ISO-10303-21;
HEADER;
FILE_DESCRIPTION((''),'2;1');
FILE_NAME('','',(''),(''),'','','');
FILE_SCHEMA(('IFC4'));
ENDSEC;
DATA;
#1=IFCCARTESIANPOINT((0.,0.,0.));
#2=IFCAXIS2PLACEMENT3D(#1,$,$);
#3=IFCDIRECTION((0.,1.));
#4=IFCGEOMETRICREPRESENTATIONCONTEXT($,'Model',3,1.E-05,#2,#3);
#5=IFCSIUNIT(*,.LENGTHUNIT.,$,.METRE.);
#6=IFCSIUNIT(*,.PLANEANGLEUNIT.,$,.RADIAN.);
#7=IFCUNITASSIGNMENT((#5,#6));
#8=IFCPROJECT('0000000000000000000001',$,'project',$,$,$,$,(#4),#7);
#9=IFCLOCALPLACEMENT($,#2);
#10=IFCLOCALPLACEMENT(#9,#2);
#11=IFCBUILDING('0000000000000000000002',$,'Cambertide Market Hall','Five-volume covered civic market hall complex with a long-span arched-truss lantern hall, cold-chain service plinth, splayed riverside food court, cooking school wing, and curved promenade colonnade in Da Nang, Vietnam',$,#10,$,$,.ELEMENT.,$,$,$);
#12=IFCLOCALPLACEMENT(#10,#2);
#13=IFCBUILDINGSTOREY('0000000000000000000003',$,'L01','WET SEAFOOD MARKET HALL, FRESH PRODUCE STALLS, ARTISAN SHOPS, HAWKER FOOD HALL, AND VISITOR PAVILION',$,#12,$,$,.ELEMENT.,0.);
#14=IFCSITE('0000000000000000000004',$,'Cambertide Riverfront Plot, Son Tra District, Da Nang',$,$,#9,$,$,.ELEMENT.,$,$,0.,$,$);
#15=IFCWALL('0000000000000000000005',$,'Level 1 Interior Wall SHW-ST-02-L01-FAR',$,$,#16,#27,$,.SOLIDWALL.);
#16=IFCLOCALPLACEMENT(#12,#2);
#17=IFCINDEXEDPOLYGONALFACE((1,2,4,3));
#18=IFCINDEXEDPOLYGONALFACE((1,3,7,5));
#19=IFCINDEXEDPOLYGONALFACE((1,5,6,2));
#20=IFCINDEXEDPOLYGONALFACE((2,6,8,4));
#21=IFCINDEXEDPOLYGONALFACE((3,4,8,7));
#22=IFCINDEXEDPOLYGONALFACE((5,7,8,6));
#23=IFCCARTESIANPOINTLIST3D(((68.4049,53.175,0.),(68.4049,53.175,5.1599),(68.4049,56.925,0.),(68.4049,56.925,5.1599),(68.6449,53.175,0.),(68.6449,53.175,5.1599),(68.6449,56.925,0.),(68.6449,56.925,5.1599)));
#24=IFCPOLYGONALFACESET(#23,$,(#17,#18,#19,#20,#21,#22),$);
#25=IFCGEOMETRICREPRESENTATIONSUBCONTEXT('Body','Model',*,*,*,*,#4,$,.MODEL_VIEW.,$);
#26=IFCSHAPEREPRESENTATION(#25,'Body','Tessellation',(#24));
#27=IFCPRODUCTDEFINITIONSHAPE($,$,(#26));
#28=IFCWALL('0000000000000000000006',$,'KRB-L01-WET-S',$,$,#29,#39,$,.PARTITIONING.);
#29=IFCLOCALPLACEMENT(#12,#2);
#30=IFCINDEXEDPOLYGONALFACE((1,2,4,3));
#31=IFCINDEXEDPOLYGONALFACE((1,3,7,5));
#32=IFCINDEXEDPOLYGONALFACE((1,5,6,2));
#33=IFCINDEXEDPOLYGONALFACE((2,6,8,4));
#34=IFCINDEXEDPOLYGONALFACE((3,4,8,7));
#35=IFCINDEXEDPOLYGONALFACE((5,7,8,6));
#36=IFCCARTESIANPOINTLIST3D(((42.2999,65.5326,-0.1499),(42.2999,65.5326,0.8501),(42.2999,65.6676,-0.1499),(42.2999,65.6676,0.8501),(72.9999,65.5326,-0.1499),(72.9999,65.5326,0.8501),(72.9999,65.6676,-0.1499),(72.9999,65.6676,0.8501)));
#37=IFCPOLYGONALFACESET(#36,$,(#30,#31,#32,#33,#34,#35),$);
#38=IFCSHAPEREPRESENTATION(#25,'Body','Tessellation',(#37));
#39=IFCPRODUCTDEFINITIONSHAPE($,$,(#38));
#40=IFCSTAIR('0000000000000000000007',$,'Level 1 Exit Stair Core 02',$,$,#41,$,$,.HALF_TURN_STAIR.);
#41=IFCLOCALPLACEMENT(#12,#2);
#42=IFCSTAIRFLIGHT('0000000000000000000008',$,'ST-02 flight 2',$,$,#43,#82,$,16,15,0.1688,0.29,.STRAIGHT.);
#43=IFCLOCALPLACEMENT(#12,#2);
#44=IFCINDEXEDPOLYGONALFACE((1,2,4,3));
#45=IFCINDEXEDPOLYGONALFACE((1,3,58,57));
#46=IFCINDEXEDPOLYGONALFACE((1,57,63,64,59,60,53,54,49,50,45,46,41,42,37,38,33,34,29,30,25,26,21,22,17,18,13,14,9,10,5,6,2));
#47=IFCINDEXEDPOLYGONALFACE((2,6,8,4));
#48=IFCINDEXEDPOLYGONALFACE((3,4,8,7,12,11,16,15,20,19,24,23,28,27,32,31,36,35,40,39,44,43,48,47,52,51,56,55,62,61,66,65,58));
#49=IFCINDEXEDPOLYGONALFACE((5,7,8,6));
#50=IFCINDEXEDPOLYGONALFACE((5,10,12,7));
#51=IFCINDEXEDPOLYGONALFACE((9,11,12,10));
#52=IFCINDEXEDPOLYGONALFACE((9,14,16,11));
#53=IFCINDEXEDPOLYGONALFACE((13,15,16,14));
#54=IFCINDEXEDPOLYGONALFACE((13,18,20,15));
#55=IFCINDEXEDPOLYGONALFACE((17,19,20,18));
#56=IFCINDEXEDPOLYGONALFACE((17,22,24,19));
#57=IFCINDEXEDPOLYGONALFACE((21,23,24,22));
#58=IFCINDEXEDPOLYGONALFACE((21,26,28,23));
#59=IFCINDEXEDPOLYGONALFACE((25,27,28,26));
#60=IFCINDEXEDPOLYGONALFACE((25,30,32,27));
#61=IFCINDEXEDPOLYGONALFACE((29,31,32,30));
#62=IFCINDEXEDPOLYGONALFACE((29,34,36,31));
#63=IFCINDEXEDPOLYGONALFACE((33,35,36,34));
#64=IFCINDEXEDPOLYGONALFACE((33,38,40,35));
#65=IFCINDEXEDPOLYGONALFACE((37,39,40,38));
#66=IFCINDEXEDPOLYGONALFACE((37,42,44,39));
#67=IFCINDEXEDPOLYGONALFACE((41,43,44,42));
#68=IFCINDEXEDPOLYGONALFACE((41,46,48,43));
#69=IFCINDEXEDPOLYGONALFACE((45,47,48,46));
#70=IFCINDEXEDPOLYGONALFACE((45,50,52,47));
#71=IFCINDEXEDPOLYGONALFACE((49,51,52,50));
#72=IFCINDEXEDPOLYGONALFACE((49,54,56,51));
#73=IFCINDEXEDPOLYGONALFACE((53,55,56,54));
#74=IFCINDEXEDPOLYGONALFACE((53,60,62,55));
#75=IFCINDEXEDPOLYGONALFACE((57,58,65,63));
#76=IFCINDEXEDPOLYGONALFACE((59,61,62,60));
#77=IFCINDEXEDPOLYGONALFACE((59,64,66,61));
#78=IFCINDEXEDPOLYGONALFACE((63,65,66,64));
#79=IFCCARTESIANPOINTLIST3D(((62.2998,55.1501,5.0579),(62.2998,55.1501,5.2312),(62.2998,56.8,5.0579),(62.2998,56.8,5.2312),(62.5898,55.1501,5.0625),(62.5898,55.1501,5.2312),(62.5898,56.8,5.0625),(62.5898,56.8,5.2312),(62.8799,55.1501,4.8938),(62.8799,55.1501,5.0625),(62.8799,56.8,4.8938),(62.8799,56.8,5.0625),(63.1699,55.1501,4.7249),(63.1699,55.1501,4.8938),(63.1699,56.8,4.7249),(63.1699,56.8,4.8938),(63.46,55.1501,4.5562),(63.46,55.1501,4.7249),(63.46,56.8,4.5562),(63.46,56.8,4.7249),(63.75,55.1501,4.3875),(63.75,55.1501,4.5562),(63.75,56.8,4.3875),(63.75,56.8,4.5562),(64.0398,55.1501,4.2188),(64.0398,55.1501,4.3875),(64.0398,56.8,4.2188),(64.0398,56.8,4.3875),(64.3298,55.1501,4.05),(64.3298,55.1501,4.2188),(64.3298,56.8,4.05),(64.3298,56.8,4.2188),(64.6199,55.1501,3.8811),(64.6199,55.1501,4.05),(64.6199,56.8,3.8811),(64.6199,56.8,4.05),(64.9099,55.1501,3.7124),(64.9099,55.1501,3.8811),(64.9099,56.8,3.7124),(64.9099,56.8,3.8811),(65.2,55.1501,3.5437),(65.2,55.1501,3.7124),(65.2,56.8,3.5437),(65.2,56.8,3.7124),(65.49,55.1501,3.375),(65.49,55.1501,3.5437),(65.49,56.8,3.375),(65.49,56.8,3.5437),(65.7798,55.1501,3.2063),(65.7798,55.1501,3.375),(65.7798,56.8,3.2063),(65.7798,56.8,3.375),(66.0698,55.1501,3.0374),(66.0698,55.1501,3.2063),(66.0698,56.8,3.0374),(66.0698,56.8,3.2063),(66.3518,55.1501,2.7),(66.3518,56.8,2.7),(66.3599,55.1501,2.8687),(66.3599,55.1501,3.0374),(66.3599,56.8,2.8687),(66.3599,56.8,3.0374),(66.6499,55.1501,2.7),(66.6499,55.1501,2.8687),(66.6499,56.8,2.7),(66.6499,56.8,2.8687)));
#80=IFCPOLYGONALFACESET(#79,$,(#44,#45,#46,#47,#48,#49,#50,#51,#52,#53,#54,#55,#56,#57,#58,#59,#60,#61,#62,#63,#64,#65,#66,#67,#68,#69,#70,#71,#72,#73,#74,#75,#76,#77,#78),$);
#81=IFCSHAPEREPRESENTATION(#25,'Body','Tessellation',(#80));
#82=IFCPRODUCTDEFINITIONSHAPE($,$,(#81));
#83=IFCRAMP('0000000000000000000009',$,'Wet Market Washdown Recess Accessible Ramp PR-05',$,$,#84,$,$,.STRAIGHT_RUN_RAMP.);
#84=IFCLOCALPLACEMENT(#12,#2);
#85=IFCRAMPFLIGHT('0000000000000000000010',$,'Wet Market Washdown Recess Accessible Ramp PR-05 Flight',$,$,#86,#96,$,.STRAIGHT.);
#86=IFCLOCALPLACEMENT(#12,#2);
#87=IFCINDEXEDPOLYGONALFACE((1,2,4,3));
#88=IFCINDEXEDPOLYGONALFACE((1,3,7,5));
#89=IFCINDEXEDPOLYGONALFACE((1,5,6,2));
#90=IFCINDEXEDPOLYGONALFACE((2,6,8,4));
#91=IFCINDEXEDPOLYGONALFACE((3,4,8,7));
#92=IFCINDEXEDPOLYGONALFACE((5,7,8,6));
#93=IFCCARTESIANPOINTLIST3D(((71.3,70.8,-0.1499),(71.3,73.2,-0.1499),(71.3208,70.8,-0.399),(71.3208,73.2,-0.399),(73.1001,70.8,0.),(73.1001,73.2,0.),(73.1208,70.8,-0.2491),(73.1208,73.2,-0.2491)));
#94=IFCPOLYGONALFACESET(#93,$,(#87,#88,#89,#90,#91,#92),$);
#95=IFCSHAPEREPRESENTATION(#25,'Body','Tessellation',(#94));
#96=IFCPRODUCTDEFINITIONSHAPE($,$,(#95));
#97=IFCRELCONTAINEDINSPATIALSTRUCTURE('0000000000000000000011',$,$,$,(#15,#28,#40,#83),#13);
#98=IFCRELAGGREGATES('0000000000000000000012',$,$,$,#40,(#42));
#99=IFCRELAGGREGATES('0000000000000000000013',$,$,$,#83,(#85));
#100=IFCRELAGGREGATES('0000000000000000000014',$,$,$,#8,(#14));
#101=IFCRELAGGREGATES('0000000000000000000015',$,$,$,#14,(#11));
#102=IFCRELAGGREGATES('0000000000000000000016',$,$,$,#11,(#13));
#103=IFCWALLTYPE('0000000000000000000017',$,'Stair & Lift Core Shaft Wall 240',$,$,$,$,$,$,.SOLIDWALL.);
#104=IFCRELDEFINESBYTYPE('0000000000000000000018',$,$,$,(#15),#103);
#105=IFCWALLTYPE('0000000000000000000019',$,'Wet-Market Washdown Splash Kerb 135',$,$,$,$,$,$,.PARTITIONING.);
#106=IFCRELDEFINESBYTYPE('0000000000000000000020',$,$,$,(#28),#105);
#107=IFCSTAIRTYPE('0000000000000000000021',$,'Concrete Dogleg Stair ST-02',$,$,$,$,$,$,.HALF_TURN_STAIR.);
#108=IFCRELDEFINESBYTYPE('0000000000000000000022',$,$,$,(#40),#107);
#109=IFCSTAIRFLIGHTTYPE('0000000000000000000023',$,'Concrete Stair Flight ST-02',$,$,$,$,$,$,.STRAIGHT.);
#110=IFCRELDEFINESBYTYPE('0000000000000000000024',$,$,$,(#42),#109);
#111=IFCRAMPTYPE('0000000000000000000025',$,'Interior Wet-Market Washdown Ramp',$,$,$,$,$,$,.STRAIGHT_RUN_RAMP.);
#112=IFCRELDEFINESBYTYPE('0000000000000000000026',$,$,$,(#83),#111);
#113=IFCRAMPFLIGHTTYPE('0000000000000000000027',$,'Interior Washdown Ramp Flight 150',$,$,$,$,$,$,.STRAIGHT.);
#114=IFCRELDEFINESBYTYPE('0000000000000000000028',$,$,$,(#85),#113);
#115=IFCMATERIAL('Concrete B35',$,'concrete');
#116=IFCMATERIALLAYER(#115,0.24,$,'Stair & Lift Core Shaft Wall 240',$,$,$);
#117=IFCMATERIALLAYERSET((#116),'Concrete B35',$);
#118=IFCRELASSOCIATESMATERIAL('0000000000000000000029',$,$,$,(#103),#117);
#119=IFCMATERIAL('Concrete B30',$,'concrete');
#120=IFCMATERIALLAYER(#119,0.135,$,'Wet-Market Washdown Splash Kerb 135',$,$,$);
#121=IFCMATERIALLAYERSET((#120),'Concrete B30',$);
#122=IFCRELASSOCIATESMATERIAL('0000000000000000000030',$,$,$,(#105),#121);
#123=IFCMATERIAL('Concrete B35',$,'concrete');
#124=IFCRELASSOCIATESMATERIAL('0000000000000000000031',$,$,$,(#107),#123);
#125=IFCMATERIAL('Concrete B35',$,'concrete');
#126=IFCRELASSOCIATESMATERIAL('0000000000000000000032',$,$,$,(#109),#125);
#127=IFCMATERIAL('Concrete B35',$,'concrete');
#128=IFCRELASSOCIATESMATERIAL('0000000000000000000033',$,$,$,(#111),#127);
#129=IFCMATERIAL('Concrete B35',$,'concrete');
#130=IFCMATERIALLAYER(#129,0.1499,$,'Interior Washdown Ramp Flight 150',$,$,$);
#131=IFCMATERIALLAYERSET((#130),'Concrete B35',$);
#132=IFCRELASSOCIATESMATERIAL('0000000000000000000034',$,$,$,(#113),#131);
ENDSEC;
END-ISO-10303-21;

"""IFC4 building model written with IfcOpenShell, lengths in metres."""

from ifc_helpers import new_model, si_unit, direction, frame, frame_2d, origin, place, context, subcontext, project, spatial, polyline, rectangle, outline, extrude, material, layer, layer_set, type_object, element, aggregate, save


model = new_model("IFC4")

# Units and contexts
model_context = context("Model", 3, precision=1e-05, world=origin(), true_north=direction((0.0, 1.0)))
body_context = subcontext(model_context, "Body", "Model", "MODEL_VIEW")
ifc_project = project(units=[si_unit("LENGTHUNIT", "METRE"), si_unit("PLANEANGLEUNIT", "RADIAN")], contexts=[model_context])

# Site, building, storey
site_placement = place(None, origin())
site = spatial("IfcSite", under=ifc_project, at=site_placement, Name="Cambertide Riverfront Plot, Son Tra District, Da Nang", CompositionType="ELEMENT", RefElevation=0.0)
building_placement = place(site_placement, origin())
building = spatial("IfcBuilding", under=site, at=building_placement, Name="Cambertide Market Hall", Description="Five-volume covered civic market hall complex with a long-span arched-truss lantern hall, cold-chain service plinth, splayed riverside food court, cooking school wing, and curved promenade colonnade in Da Nang, Vietnam", CompositionType="ELEMENT")
storey_placement = place(building_placement, origin())
storey = spatial("IfcBuildingStorey", under=building, at=storey_placement, Name="L01", Description="WET SEAFOOD MARKET HALL, FRESH PRODUCE STALLS, ARTISAN SHOPS, HAWKER FOOD HALL, AND VISITOR PAVILION", CompositionType="ELEMENT", Elevation=0.0)

# Wall
ifc_material_1 = material(Name="Concrete B35", Category="concrete")
ifc_layer_1 = layer(ifc_material_1, 0.24, Name="Stair & Lift Core Shaft Wall 240")
ifc_layer_set_1 = layer_set([ifc_layer_1], Name="Concrete B35")
wall_type_1 = type_object("IfcWallType", Name="Stair & Lift Core Shaft Wall 240", PredefinedType="SOLIDWALL", material=ifc_layer_set_1)
wall_1_placement = place(storey_placement, frame((68.5249, 56.925, 0.0), z_axis=(0.0, 0.0, 1.0), x_axis=(0.0, -1.0, 0.0)))
element("IfcWall", 1, at=wall_1_placement, inside=storey, type_object=wall_type_1, Name="Level 1 Interior Wall SHW-ST-02-L01-FAR", PredefinedType="SOLIDWALL", context=body_context, shape_type="SweptSolid", body=[
    extrude(rectangle(XDim=3.75, YDim=0.24, at=frame_2d((1.875, 0.0))), origin(), (0.0, 0.0, 1.0), 5.1599),
])

# Wall
ifc_material_2 = material(Name="Concrete B30", Category="concrete")
ifc_layer_2 = layer(ifc_material_2, 0.135, Name="Wet-Market Washdown Splash Kerb 135")
ifc_layer_set_2 = layer_set([ifc_layer_2], Name="Concrete B30")
wall_type_2 = type_object("IfcWallType", Name="Wet-Market Washdown Splash Kerb 135", PredefinedType="PARTITIONING", material=ifc_layer_set_2)
wall_2_placement = place(storey_placement, frame((73.0, 65.6001, -0.1499), z_axis=(0.0, 0.0, 1.0), x_axis=(-1.0, 0.0, 0.0)))
element("IfcWall", 2, at=wall_2_placement, inside=storey, type_object=wall_type_2, Name="KRB-L01-WET-S", PredefinedType="PARTITIONING", context=body_context, shape_type="SweptSolid", body=[
    extrude(rectangle(XDim=30.7, YDim=0.135, at=frame_2d((15.3501, 0.0))), origin(), (0.0, 0.0, 1.0), 1.0),
])

# Stair, stair flight
ifc_material_3 = material(Name="Concrete B35", Category="concrete")
stair_type = type_object("IfcStairType", Name="Concrete Dogleg Stair ST-02", PredefinedType="HALF_TURN_STAIR", material=ifc_material_3)
stair_placement = place(storey_placement, origin())
stair = element("IfcStair", 3, at=stair_placement, inside=storey, type_object=stair_type, Name="Level 1 Exit Stair Core 02", PredefinedType="HALF_TURN_STAIR")
ifc_material_4 = material(Name="Concrete B35", Category="concrete")
stair_flight_type = type_object("IfcStairFlightType", Name="Concrete Stair Flight ST-02", PredefinedType="STRAIGHT", material=ifc_material_4)
stair_flight_placement = place(storey_placement, frame((66.6499, 55.9751, 2.7), z_axis=(0.0, 0.0, 1.0), x_axis=(-1.0, 0.0, 0.0)))
stair_flight = element("IfcStairFlight", 4, at=stair_flight_placement, type_object=stair_flight_type, Name="ST-02 flight 2", NumberOfRisers=16, NumberOfTreads=15, PredefinedType="STRAIGHT", RiserHeight=0.1688, TreadLength=0.29, context=body_context, shape_type="SweptSolid", body=[
    extrude(outline(polyline([(0.0, 0.0), (0.0, 0.1687), (0.29, 0.1687), (0.29, 0.3374), (0.5801, 0.3374), (0.5801, 0.5063), (0.8701, 0.5063), (0.8701, 0.675), (1.1599, 0.675), (1.1599, 0.8438), (1.45, 0.8438), (1.45, 1.0125), (1.74, 1.0125), (1.74, 1.1812), (2.03, 1.1812), (2.03, 1.3501), (2.3201, 1.3501), (2.3201, 1.5188), (2.6101, 1.5188), (2.6101, 1.6875), (2.8999, 1.6875), (2.8999, 1.8562), (3.1899, 1.8562), (3.1899, 2.0249), (3.48, 2.0249), (3.48, 2.1938), (3.77, 2.1938), (3.77, 2.3625), (4.0601, 2.3625), (4.0601, 2.5312), (4.3501, 2.5312), (4.3501, 2.7), (4.3501, 2.3579), (0.2981, 0.0), (0.0, 0.0)])), frame((0.0, 0.825, 0.0), z_axis=(0.0, -1.0, 0.0), x_axis=(1.0, 0.0, 0.0)), (0.0, 0.0, 1.0), 1.6499),
])
aggregate(stair, [stair_flight])

# Ramp, ramp flight
ifc_material_5 = material(Name="Concrete B35", Category="concrete")
ramp_type = type_object("IfcRampType", Name="Interior Wet-Market Washdown Ramp", PredefinedType="STRAIGHT_RUN_RAMP", material=ifc_material_5)
ramp_placement = place(storey_placement, origin())
ramp = element("IfcRamp", 5, at=ramp_placement, inside=storey, type_object=ramp_type, Name="Wet Market Washdown Recess Accessible Ramp PR-05", PredefinedType="STRAIGHT_RUN_RAMP")
ifc_material_6 = material(Name="Concrete B35", Category="concrete")
ifc_layer_3 = layer(ifc_material_6, 0.1499, Name="Interior Washdown Ramp Flight 150")
ifc_layer_set_3 = layer_set([ifc_layer_3], Name="Concrete B35")
ramp_flight_type = type_object("IfcRampFlightType", Name="Interior Washdown Ramp Flight 150", PredefinedType="STRAIGHT", material=ifc_layer_set_3)
ramp_flight_placement = place(storey_placement, frame((71.3, 70.8, -0.1499), z_axis=(-0.08299, 0.0, 0.99655), x_axis=(0.99655, 0.0, 0.08299)))
ramp_flight = element("IfcRampFlight", 6, at=ramp_flight_placement, type_object=ramp_flight_type, Name="Wet Market Washdown Recess Accessible Ramp PR-05 Flight", PredefinedType="STRAIGHT", context=body_context, shape_type="SweptSolid", body=[
    extrude(outline(polyline([(0.0, 0.0), (1.8063, 0.0), (1.8063, 2.3999), (0.0, 2.3999), (0.0, 0.0)])), origin(), (0.0, 0.0, -1.0), 0.25),
])
aggregate(ramp, [ramp_flight])

save(model, "model.ifc")
